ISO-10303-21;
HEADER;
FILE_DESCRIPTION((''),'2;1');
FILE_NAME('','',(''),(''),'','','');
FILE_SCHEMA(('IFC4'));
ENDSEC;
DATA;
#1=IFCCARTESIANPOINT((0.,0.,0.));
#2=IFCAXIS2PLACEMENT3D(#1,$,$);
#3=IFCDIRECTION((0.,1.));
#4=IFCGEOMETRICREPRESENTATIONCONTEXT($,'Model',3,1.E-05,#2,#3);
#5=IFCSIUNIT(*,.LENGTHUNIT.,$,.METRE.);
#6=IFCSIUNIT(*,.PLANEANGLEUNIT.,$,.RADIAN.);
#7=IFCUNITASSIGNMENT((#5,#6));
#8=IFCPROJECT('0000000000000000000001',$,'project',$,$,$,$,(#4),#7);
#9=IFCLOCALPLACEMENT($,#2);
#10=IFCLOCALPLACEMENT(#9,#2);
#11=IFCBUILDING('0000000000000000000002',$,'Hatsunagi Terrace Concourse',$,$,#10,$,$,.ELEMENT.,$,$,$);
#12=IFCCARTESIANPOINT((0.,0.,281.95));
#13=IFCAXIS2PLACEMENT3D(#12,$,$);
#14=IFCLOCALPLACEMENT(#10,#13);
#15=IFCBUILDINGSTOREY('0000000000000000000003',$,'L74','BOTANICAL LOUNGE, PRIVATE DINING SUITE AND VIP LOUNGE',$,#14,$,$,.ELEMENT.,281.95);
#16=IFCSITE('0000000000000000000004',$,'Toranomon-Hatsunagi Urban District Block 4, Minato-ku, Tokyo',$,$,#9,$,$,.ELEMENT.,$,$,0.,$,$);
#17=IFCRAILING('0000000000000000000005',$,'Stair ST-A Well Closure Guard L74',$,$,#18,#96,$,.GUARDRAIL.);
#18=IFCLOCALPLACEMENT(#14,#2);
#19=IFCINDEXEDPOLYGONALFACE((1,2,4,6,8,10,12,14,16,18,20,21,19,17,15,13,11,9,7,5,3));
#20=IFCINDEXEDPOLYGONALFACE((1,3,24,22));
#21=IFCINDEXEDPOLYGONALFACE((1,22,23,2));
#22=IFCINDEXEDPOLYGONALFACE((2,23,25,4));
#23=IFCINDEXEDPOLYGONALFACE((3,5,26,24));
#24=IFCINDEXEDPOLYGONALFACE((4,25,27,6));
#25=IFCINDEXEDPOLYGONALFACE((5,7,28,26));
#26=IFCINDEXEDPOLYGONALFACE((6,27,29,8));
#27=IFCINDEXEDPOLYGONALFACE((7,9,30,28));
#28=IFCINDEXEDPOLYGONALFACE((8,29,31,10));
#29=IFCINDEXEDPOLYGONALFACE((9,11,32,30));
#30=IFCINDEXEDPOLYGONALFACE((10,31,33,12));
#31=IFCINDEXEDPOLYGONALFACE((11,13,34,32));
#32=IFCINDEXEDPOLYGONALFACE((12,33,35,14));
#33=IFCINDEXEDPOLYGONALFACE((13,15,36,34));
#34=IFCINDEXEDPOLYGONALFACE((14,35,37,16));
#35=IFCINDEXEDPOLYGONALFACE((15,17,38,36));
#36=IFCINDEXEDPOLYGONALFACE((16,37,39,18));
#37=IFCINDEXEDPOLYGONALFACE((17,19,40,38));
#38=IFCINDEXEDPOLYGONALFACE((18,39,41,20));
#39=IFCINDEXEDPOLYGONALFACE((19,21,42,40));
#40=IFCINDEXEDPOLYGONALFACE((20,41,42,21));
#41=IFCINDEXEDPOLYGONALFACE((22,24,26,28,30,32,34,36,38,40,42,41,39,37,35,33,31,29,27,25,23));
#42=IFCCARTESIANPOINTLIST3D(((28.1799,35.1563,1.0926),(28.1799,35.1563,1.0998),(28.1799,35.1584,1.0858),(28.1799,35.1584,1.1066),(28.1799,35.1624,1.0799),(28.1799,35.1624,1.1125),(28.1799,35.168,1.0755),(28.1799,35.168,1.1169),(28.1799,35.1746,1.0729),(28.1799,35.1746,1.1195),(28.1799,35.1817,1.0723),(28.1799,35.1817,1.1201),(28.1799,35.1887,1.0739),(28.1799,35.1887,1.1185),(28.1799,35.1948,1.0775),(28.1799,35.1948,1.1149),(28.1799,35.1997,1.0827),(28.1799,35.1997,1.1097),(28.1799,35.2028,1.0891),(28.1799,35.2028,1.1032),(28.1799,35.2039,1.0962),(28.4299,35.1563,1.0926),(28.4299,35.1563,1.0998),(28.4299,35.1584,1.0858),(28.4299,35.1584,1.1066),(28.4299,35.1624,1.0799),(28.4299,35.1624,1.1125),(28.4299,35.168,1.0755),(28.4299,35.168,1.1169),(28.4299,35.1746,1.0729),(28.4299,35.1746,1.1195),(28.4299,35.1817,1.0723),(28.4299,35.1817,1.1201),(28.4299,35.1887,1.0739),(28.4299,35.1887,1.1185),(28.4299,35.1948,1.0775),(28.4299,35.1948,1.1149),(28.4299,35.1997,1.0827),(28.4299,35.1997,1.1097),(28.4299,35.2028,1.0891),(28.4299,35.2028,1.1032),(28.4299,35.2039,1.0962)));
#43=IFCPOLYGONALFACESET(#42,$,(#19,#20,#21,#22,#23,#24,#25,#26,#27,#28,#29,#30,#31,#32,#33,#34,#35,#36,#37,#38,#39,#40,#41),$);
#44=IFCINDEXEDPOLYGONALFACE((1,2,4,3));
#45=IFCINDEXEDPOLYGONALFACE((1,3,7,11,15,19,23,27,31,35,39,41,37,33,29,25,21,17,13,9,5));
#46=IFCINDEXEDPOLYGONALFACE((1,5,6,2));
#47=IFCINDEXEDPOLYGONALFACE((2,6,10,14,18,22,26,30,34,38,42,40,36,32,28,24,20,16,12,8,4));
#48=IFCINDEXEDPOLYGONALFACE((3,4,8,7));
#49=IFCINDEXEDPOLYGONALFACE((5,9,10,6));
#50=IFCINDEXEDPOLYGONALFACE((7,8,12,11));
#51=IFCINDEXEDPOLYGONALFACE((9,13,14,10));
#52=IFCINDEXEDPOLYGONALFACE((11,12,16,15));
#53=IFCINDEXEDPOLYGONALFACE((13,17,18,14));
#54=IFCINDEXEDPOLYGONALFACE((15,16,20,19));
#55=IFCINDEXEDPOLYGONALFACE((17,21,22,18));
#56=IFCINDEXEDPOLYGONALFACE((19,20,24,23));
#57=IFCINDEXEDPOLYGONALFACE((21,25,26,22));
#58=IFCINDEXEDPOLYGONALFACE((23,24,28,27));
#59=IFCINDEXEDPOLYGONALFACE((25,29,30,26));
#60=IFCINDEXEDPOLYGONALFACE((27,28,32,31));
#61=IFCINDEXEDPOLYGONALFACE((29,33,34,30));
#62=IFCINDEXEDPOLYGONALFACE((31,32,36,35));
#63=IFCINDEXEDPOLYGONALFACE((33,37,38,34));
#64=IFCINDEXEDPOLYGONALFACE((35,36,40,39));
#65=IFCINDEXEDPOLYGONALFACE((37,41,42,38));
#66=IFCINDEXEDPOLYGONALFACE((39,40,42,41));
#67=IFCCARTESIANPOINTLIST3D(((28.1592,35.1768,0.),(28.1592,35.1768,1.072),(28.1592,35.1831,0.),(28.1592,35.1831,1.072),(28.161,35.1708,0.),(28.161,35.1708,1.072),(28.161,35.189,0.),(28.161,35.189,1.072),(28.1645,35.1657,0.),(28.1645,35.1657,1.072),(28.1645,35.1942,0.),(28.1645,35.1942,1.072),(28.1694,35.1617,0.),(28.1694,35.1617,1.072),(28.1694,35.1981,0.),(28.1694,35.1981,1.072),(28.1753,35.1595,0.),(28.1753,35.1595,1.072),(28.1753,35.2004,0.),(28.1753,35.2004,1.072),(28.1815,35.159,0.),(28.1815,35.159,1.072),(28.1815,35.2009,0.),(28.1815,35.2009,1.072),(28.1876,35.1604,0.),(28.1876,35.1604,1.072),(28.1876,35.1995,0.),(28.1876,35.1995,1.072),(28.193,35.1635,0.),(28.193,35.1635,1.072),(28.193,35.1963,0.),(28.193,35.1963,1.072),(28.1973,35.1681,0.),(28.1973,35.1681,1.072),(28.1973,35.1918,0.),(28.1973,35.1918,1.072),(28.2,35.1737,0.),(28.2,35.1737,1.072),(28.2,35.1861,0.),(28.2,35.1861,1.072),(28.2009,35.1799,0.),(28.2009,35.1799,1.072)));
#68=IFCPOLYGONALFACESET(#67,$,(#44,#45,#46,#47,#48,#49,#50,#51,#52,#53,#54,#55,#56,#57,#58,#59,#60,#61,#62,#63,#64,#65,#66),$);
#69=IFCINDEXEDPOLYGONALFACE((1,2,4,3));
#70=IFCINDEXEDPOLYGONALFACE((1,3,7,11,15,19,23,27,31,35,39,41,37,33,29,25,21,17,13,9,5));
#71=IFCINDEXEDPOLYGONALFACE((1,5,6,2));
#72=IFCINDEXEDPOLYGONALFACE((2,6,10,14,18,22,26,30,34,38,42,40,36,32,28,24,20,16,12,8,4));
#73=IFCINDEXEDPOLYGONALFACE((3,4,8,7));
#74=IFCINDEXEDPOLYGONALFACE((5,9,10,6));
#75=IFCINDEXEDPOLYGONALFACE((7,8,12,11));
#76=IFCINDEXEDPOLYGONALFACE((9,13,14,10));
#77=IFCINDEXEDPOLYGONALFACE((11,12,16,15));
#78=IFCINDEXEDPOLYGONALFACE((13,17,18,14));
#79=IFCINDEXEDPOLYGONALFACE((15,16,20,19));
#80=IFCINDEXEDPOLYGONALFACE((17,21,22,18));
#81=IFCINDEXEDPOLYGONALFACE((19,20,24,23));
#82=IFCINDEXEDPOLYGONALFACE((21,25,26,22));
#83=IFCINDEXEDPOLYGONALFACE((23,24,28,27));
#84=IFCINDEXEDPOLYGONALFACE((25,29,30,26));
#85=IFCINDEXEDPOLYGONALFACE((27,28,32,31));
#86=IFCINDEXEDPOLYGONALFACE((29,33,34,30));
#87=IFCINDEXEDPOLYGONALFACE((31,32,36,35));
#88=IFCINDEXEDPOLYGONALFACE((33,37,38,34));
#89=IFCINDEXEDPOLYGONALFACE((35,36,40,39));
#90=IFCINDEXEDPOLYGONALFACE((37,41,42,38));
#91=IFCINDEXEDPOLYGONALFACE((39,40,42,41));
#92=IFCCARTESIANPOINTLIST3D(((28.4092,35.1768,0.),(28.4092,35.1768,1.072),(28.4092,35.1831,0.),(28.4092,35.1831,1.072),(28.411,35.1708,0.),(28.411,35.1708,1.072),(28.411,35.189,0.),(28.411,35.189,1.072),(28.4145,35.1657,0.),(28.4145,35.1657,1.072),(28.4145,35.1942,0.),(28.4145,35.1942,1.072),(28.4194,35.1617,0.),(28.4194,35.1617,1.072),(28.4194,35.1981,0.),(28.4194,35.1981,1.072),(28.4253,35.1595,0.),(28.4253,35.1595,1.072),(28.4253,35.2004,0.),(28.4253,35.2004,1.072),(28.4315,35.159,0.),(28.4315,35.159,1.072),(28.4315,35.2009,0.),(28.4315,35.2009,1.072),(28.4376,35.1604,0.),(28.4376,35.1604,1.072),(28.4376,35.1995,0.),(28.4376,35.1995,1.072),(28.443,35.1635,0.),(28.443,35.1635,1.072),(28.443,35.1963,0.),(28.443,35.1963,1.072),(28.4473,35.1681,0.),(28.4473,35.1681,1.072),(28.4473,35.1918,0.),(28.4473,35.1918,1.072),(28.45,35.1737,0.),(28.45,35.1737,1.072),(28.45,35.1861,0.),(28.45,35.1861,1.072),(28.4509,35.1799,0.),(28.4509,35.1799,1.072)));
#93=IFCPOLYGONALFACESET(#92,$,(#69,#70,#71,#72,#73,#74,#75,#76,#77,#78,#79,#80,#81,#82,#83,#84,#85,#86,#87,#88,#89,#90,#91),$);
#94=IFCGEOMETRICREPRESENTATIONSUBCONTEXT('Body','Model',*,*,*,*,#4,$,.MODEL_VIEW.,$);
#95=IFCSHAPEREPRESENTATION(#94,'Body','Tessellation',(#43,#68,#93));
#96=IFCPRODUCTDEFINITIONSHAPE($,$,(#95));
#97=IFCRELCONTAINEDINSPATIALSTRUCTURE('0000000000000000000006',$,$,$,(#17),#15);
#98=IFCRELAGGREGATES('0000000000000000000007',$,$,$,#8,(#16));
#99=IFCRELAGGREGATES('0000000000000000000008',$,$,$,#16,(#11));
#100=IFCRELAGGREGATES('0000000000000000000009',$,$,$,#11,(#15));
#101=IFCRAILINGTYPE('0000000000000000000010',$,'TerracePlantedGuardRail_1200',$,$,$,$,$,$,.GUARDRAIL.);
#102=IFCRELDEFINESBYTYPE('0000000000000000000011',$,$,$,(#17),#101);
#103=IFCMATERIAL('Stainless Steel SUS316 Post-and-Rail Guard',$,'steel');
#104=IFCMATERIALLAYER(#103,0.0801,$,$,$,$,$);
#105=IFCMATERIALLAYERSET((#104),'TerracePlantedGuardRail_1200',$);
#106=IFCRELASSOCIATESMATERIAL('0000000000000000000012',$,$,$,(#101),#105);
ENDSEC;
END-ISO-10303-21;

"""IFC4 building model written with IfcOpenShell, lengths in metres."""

from ifc_helpers import new_model, si_unit, direction, frame, origin, origin_2d, place, context, subcontext, project, spatial, circle, extrude, material, layer, layer_set, type_object, element, save


model = new_model("IFC4")

# Units and contexts
model_context = context("Model", 3, precision=1e-05, world=origin(), true_north=direction((0.0, 1.0)))
body_context = subcontext(model_context, "Body", "Model", "MODEL_VIEW")
ifc_project = project(units=[si_unit("LENGTHUNIT", "METRE"), si_unit("PLANEANGLEUNIT", "RADIAN")], contexts=[model_context])

# Site, building, storey
site_placement = place(None, origin())
site = spatial("IfcSite", under=ifc_project, at=site_placement, Name="Toranomon-Hatsunagi Urban District Block 4, Minato-ku, Tokyo", CompositionType="ELEMENT", RefElevation=0.0)
building_placement = place(site_placement, origin())
building = spatial("IfcBuilding", under=site, at=building_placement, Name="Hatsunagi Terrace Concourse", CompositionType="ELEMENT")
storey_placement = place(building_placement, frame((0.0, 0.0, 281.95)))
storey = spatial("IfcBuildingStorey", under=building, at=storey_placement, Name="L74", Description="BOTANICAL LOUNGE, PRIVATE DINING SUITE AND VIP LOUNGE", CompositionType="ELEMENT", Elevation=281.95)

# Railing
ifc_material_1 = material(Name="Stainless Steel SUS316 Post-and-Rail Guard", Category="steel")
ifc_layer_1 = layer(ifc_material_1, 0.0801)
ifc_layer_set_1 = layer_set([ifc_layer_1], Name="TerracePlantedGuardRail_1200")
railing_type_1 = type_object("IfcRailingType", Name="TerracePlantedGuardRail_1200", PredefinedType="GUARDRAIL", material=ifc_layer_set_1)
railing_1_placement = place(storey_placement, frame((28.1799, 35.1799, 0.0)))
element("IfcRailing", 1, at=railing_1_placement, inside=storey, type_object=railing_type_1, Name="Stair ST-A Well Closure Guard L74", PredefinedType="GUARDRAIL", context=body_context, shape_type="SweptSolid", body=[
    extrude(circle(Radius=0.0239, at=origin_2d()), frame((0.0, 0.0, 1.0962), z_axis=(1.0, 0.0, 0.0), x_axis=(0.0, 1.0, 0.0)), (0.0, 0.0, 1.0), 0.25),
    extrude(circle(Radius=0.021, at=origin_2d()), origin(), (0.0, 0.0, 1.0), 1.072),
    extrude(circle(Radius=0.021, at=origin_2d()), frame((0.25, 0.0, 0.0)), (0.0, 0.0, 1.0), 1.072),
])

save(model, "model.ifc")
